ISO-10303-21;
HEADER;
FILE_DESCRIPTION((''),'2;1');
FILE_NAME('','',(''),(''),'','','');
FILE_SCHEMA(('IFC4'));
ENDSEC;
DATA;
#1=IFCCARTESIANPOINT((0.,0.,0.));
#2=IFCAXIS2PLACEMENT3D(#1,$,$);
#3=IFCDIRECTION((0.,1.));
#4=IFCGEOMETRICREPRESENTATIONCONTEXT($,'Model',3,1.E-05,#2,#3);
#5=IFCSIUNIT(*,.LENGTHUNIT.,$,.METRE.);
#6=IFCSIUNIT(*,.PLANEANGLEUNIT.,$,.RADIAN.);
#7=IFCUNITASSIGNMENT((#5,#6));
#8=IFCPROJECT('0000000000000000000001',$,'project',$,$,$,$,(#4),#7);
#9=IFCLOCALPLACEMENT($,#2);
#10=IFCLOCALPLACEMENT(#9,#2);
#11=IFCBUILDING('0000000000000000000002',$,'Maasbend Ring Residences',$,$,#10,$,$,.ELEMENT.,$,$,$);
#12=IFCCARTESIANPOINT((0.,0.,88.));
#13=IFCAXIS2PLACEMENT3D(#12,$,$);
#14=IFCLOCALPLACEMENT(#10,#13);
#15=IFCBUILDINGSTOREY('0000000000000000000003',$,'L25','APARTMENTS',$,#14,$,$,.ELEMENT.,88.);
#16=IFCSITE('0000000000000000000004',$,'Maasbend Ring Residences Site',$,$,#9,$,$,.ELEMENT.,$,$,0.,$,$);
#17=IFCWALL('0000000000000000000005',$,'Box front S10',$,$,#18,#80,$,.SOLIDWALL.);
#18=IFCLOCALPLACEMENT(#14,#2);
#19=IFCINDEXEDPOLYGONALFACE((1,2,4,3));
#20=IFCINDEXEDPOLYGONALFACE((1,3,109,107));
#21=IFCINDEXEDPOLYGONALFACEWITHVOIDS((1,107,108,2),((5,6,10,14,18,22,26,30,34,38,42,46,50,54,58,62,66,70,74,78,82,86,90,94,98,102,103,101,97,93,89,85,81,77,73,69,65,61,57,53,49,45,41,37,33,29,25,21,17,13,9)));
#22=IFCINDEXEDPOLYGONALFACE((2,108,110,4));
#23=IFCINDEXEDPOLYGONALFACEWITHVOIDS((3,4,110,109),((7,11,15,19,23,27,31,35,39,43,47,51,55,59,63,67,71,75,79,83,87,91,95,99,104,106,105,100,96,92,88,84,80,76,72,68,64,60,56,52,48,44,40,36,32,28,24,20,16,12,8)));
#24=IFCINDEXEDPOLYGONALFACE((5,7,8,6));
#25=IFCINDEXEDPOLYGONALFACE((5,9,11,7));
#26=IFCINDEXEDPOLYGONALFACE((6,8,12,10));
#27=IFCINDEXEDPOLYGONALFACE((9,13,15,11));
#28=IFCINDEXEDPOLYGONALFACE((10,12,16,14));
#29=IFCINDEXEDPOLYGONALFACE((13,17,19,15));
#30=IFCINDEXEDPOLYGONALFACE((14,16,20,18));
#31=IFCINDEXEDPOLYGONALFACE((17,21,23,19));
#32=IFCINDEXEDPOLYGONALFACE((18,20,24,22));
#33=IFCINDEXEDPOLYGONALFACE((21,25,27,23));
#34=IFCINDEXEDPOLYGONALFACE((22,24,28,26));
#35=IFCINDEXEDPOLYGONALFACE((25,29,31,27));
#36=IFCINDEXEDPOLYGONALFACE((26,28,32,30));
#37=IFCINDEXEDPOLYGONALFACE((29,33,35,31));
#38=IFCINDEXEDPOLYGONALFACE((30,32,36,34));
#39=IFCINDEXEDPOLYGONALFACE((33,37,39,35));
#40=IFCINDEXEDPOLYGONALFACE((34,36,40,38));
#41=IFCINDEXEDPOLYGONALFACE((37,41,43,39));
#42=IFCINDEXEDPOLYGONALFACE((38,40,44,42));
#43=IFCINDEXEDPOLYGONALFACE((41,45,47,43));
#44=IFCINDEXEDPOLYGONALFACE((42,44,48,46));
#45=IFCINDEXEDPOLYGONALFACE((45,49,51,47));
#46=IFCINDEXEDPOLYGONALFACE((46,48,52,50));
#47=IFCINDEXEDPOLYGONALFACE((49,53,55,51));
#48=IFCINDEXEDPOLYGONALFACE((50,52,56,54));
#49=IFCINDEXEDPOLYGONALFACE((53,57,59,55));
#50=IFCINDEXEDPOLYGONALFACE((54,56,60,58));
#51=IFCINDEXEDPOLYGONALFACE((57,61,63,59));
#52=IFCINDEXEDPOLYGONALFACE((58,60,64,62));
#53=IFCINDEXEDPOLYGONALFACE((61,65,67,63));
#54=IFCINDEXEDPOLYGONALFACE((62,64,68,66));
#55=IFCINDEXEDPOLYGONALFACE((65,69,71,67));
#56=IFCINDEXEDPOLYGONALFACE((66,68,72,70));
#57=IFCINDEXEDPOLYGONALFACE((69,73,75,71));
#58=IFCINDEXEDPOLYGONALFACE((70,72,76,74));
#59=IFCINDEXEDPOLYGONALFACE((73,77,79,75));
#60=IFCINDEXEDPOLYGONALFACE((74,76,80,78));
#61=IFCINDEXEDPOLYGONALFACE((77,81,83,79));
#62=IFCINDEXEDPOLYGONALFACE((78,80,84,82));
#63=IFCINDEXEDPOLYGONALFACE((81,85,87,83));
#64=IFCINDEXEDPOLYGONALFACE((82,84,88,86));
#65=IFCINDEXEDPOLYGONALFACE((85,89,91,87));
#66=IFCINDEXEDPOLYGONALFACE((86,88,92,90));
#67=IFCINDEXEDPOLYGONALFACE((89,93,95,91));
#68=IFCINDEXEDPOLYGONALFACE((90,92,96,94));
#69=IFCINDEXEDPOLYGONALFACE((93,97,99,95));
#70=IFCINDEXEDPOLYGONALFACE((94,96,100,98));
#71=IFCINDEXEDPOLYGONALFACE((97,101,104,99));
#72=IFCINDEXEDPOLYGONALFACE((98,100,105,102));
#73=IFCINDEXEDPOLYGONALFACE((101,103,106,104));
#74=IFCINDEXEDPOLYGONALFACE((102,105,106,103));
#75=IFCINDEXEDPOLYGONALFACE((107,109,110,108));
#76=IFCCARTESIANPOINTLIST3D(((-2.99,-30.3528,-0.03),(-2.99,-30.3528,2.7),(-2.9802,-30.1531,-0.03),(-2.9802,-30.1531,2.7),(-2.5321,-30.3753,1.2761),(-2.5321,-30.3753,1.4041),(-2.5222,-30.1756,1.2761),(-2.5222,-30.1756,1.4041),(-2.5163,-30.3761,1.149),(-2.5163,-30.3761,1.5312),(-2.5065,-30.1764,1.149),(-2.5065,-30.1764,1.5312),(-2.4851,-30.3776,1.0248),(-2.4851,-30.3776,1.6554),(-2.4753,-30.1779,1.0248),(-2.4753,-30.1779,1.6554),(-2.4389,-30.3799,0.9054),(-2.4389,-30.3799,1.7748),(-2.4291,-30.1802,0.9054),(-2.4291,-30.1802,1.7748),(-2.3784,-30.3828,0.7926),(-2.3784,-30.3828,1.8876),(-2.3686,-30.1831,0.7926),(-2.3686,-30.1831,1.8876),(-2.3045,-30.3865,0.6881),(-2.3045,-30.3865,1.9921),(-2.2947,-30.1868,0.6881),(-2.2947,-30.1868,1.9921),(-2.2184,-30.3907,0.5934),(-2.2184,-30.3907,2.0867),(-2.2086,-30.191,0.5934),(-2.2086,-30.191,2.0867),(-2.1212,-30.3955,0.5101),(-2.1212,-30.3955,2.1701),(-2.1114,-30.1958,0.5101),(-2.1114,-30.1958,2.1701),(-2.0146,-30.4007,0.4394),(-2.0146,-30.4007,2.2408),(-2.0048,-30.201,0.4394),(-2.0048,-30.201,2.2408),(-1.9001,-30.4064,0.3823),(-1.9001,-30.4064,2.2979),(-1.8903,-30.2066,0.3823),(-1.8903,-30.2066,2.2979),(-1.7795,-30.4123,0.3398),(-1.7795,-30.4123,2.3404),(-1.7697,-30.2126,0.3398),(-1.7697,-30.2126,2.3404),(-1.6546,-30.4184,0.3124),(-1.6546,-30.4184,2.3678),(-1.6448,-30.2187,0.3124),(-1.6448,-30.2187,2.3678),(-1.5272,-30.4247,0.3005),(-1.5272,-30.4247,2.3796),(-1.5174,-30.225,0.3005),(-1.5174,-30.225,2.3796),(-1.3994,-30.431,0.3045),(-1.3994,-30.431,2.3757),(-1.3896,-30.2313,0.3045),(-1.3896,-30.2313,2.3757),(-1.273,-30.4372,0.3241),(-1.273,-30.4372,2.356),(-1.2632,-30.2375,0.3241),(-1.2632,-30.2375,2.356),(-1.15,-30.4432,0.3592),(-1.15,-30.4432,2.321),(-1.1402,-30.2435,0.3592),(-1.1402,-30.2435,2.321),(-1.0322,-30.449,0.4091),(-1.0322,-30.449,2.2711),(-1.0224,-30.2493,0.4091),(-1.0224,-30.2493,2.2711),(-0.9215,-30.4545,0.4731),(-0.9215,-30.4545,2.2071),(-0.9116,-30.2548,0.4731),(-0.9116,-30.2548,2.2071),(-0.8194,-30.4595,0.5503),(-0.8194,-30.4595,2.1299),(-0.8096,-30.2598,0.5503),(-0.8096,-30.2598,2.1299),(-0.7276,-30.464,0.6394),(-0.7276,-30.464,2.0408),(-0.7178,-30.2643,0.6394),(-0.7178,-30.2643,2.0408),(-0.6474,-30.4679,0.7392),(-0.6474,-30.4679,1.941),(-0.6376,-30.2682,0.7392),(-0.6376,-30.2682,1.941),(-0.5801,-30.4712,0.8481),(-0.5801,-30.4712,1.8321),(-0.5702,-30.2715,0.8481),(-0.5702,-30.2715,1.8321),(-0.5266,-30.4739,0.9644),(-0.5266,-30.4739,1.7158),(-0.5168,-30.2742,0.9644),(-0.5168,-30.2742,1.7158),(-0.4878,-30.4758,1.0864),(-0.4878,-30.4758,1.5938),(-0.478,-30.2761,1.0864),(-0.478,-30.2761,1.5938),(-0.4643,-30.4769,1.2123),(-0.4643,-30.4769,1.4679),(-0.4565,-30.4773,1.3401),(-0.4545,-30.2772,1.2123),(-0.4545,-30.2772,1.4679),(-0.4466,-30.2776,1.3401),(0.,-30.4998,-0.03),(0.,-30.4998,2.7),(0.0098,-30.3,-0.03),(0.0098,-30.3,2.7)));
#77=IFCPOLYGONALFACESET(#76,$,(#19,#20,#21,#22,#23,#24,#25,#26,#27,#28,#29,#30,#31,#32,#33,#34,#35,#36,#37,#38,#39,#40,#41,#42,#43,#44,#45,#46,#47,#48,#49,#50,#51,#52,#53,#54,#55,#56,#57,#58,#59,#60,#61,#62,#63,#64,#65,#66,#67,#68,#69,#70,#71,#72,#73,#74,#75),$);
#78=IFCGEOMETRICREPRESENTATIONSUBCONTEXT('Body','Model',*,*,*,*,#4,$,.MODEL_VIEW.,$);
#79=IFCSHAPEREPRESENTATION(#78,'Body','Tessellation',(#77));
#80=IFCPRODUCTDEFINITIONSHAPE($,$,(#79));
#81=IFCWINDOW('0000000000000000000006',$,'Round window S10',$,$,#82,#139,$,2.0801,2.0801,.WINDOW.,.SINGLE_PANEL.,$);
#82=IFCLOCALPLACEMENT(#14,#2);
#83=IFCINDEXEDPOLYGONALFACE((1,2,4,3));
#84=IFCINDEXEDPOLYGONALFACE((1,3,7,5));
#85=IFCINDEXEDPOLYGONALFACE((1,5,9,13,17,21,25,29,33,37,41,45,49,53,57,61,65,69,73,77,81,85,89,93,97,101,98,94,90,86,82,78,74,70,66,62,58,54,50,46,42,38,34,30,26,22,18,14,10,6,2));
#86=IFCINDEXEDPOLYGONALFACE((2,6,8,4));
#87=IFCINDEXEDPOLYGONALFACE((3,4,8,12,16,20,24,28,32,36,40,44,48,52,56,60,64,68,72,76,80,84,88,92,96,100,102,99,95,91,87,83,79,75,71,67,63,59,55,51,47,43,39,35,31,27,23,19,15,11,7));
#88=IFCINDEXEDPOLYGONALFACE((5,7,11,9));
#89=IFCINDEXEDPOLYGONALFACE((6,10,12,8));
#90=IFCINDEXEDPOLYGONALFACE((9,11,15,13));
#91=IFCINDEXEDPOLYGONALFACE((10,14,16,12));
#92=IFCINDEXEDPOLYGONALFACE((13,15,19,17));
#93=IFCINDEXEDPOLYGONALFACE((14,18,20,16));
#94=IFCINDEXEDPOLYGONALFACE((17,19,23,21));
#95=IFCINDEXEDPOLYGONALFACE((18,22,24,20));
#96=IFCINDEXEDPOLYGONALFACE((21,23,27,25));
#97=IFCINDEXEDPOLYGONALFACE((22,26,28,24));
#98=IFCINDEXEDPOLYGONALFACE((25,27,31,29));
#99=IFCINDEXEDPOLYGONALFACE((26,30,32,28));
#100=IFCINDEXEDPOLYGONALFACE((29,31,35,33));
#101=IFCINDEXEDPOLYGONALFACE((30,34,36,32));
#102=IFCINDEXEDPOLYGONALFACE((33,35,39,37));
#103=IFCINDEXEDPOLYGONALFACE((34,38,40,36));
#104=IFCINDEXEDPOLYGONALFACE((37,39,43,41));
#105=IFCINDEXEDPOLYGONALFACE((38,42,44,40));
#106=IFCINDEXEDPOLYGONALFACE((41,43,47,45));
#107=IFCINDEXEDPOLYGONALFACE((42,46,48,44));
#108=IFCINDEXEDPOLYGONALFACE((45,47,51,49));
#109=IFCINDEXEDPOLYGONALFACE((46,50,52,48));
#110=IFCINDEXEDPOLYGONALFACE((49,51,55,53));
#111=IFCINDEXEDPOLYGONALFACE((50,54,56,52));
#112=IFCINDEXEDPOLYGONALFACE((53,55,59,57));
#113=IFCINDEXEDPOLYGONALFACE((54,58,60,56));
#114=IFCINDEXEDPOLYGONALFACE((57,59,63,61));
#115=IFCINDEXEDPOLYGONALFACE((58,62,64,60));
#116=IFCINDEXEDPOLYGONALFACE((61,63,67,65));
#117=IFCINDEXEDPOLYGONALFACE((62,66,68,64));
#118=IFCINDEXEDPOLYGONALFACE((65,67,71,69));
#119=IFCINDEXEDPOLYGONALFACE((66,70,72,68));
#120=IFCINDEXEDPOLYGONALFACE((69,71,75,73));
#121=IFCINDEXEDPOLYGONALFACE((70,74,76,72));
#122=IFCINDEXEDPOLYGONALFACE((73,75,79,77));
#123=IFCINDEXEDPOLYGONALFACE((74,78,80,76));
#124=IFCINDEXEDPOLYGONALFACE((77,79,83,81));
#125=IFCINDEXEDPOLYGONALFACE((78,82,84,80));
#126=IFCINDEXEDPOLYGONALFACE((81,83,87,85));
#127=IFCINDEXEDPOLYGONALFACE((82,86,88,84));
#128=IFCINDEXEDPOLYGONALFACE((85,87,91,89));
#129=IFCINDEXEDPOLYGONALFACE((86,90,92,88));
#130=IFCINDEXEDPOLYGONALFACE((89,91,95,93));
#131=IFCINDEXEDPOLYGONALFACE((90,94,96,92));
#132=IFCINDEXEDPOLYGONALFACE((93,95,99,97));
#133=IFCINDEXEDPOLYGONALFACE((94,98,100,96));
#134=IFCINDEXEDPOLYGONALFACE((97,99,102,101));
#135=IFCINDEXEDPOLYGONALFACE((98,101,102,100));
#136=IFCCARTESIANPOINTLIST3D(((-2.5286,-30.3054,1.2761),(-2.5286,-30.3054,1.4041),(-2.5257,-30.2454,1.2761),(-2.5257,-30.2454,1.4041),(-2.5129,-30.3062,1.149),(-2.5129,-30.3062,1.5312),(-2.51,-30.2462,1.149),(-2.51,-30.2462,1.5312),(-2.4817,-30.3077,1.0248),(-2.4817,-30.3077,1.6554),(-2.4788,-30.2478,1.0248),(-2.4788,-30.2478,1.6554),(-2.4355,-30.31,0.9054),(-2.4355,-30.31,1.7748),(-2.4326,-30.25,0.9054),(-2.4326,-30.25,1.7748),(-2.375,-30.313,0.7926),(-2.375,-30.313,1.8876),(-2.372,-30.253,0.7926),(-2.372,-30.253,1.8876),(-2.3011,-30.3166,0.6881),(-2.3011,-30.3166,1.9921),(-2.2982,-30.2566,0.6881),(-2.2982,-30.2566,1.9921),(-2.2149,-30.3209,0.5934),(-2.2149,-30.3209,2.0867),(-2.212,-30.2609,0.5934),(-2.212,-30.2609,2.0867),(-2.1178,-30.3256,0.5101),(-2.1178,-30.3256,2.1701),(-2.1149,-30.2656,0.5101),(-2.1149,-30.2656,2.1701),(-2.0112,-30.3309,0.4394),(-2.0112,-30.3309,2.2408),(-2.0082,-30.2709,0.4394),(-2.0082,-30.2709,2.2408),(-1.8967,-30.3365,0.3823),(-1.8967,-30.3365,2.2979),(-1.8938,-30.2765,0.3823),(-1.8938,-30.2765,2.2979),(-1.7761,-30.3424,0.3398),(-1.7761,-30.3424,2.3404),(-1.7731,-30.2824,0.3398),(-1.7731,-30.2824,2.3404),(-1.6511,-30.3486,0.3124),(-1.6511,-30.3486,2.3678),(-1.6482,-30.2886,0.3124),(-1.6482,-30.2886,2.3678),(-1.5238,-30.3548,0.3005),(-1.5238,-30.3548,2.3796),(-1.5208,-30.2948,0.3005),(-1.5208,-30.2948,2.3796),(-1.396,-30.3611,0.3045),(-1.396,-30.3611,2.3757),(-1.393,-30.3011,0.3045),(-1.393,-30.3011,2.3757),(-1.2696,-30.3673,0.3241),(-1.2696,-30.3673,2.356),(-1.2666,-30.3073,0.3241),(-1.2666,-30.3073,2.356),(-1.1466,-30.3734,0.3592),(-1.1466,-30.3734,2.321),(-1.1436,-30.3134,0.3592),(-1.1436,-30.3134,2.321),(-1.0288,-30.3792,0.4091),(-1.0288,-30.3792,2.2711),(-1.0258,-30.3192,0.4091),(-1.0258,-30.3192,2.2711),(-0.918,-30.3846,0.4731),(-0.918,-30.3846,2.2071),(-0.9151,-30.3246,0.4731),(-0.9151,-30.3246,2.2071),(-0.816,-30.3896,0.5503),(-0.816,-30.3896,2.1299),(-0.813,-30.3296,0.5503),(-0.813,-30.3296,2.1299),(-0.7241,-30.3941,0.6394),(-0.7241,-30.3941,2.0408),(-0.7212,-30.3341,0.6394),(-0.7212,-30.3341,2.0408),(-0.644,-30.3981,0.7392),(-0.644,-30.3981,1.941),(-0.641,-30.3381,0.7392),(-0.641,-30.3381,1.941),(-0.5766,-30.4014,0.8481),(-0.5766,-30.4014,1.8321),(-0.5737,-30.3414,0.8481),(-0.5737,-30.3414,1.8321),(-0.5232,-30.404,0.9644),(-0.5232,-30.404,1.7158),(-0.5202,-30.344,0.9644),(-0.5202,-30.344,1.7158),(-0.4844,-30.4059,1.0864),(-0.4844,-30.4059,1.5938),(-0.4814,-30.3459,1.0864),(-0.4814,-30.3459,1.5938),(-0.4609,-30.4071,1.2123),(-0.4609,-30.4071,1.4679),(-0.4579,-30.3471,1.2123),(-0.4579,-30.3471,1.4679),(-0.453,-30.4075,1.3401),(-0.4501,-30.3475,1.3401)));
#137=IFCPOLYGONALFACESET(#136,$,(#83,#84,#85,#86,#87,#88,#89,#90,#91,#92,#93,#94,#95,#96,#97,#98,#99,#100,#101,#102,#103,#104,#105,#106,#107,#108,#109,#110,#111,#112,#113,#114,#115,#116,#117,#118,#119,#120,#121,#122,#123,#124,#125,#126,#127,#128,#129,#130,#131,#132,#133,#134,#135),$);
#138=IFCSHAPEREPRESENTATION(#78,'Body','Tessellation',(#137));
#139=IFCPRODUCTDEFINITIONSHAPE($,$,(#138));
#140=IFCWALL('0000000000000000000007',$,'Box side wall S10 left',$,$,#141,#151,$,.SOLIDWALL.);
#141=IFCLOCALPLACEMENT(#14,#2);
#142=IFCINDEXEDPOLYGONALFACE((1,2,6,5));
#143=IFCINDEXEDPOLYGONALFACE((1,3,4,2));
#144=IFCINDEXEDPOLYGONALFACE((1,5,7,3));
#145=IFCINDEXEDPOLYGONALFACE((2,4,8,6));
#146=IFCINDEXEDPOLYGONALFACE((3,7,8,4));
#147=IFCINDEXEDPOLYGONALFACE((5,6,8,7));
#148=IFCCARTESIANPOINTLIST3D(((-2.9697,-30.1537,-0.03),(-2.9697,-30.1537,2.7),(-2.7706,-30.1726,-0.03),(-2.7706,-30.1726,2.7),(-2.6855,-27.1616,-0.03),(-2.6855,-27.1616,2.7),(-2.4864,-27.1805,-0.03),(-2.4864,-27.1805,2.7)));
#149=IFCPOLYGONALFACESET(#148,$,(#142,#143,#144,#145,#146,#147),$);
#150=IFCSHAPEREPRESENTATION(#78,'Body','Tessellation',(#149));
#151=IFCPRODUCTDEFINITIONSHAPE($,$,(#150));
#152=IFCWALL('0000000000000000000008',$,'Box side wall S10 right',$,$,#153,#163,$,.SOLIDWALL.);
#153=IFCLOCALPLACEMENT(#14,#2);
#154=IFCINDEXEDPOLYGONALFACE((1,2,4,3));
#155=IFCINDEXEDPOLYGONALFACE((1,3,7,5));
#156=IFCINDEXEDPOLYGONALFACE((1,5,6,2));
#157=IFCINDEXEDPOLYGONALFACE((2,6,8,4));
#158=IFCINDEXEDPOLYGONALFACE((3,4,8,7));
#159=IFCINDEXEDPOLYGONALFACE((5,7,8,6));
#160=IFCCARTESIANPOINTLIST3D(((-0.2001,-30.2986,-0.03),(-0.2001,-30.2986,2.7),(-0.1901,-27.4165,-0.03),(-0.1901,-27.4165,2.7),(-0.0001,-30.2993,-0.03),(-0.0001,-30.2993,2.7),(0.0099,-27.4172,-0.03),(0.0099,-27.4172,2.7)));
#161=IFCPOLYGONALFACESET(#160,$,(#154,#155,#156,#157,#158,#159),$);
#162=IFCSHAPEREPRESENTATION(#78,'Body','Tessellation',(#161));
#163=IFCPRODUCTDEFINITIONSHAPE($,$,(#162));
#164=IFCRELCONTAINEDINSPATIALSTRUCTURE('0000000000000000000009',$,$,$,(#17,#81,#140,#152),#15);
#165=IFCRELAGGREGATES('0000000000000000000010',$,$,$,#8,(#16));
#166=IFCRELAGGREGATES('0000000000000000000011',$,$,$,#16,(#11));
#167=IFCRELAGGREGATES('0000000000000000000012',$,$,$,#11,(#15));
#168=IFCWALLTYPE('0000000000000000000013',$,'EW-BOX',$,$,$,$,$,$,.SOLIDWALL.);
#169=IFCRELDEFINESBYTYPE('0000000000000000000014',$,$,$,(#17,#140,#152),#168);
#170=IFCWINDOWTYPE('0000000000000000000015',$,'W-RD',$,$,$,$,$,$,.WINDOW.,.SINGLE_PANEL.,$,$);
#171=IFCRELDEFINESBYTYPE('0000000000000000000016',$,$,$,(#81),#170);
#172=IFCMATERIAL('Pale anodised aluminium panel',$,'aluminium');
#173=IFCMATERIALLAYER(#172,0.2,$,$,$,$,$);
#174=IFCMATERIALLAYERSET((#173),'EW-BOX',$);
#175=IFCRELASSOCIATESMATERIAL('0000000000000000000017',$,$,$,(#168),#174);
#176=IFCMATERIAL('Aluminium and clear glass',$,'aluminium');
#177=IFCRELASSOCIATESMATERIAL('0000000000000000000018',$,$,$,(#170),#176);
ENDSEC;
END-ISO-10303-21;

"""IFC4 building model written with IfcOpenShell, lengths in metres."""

from ifc_helpers import new_model, si_unit, direction, frame, frame_2d, origin, place, context, subcontext, project, spatial, rectangle, circle, extrude, material, layer, layer_set, type_object, element, fill, save


model = new_model("IFC4")

# Units and contexts
model_context = context("Model", 3, precision=1e-05, world=origin(), true_north=direction((0.0, 1.0)))
body_context = subcontext(model_context, "Body", "Model", "MODEL_VIEW")
ifc_project = project(units=[si_unit("LENGTHUNIT", "METRE"), si_unit("PLANEANGLEUNIT", "RADIAN")], contexts=[model_context])

# Site, building, storey
site_placement = place(None, origin())
site = spatial("IfcSite", under=ifc_project, at=site_placement, Name="Maasbend Ring Residences Site", CompositionType="ELEMENT", RefElevation=0.0)
building_placement = place(site_placement, origin())
building = spatial("IfcBuilding", under=site, at=building_placement, Name="Maasbend Ring Residences", CompositionType="ELEMENT")
storey_placement = place(building_placement, frame((0.0, 0.0, 88.0)))
storey = spatial("IfcBuildingStorey", under=building, at=storey_placement, Name="L25", Description="APARTMENTS", CompositionType="ELEMENT", Elevation=88.0)

# Shared definitions
ifc_material_1 = material(Name="Pale anodised aluminium panel", Category="aluminium")
ifc_layer_1 = layer(ifc_material_1, 0.2)
ifc_layer_set_1 = layer_set([ifc_layer_1], Name="EW-BOX")
wall_type_1 = type_object("IfcWallType", Name="EW-BOX", PredefinedType="SOLIDWALL", material=ifc_layer_set_1)
ifc_material_2 = material(Name="Aluminium and clear glass", Category="aluminium")
window_type_1 = type_object("IfcWindowType", Name="W-RD", PartitioningType="SINGLE_PANEL", PredefinedType="WINDOW", material=ifc_material_2)

# Wall, opening, window
wall_1_placement = place(storey_placement, frame((-2.9851, -30.2529, -0.03), z_axis=(0.0, 0.0, 1.0), x_axis=(0.998794, -0.049096, 0.0)))
wall_1 = element("IfcWall", 1, at=wall_1_placement, inside=storey, type_object=wall_type_1, Name="Box front S10", PredefinedType="SOLIDWALL", context=body_context, shape_type="SweptSolid", body=[
    extrude(rectangle(XDim=2.9937, YDim=0.2, at=frame_2d((1.4968, 0.0))), origin(), (0.0, 0.0, 1.0), 2.73),
])
opening_1_placement = place(wall_1_placement, frame((0.4565, 0.0, 0.3301)))
opening_1 = element("IfcOpeningElement", 2, at=opening_1_placement, cuts=wall_1, PredefinedType="OPENING", context=body_context, shape_type="SweptSolid", body=[
    extrude(circle(Radius=1.04, at=frame_2d((1.04, 1.04))), frame((0.0, 0.1099, 0.0), z_axis=(0.0, -1.0, 0.0), x_axis=(1.0, 0.0, 0.0)), (0.0, 0.0, 1.0), 0.22),
])
window_1_placement = place(opening_1_placement, origin())
window_1 = element("IfcWindow", 3, at=window_1_placement, inside=storey, type_object=window_type_1, Name="Round window S10", OverallHeight=2.0801, OverallWidth=2.0801, PartitioningType="SINGLE_PANEL", PredefinedType="WINDOW", context=body_context, shape_type="SweptSolid", body=[
    extrude(circle(Radius=1.04, at=frame_2d((1.04, 1.04))), frame((0.0, 0.03, 0.0), z_axis=(0.0, -1.0, 0.0), x_axis=(1.0, 0.0, 0.0)), (0.0, 0.0, 1.0), 0.0601),
])
fill(opening_1, window_1)

# Walls
wall_2_placement = place(storey_placement, frame((-2.5859, -27.1709, -0.03), z_axis=(0.0, 0.0, 1.0), x_axis=(-0.094548, -0.99552, 0.0)))
element("IfcWall", 4, at=wall_2_placement, inside=storey, type_object=wall_type_1, Name="Box side wall S10 left", PredefinedType="SOLIDWALL", context=body_context, shape_type="SweptSolid", body=[
    extrude(rectangle(XDim=3.0056, YDim=0.2, at=frame_2d((1.5029, 0.0))), origin(), (0.0, 0.0, 1.0), 2.73),
])
wall_3_placement = place(storey_placement, frame((-0.0901, -27.417, -0.03), z_axis=(0.0, 0.0, 1.0), x_axis=(-0.003473, -0.999994, 0.0)))
element("IfcWall", 5, at=wall_3_placement, inside=storey, type_object=wall_type_1, Name="Box side wall S10 right", PredefinedType="SOLIDWALL", context=body_context, shape_type="SweptSolid", body=[
    extrude(rectangle(XDim=2.8821, YDim=0.2, at=frame_2d((1.4409, 0.0))), origin(), (0.0, 0.0, 1.0), 2.73),
])

save(model, "model.ifc")
